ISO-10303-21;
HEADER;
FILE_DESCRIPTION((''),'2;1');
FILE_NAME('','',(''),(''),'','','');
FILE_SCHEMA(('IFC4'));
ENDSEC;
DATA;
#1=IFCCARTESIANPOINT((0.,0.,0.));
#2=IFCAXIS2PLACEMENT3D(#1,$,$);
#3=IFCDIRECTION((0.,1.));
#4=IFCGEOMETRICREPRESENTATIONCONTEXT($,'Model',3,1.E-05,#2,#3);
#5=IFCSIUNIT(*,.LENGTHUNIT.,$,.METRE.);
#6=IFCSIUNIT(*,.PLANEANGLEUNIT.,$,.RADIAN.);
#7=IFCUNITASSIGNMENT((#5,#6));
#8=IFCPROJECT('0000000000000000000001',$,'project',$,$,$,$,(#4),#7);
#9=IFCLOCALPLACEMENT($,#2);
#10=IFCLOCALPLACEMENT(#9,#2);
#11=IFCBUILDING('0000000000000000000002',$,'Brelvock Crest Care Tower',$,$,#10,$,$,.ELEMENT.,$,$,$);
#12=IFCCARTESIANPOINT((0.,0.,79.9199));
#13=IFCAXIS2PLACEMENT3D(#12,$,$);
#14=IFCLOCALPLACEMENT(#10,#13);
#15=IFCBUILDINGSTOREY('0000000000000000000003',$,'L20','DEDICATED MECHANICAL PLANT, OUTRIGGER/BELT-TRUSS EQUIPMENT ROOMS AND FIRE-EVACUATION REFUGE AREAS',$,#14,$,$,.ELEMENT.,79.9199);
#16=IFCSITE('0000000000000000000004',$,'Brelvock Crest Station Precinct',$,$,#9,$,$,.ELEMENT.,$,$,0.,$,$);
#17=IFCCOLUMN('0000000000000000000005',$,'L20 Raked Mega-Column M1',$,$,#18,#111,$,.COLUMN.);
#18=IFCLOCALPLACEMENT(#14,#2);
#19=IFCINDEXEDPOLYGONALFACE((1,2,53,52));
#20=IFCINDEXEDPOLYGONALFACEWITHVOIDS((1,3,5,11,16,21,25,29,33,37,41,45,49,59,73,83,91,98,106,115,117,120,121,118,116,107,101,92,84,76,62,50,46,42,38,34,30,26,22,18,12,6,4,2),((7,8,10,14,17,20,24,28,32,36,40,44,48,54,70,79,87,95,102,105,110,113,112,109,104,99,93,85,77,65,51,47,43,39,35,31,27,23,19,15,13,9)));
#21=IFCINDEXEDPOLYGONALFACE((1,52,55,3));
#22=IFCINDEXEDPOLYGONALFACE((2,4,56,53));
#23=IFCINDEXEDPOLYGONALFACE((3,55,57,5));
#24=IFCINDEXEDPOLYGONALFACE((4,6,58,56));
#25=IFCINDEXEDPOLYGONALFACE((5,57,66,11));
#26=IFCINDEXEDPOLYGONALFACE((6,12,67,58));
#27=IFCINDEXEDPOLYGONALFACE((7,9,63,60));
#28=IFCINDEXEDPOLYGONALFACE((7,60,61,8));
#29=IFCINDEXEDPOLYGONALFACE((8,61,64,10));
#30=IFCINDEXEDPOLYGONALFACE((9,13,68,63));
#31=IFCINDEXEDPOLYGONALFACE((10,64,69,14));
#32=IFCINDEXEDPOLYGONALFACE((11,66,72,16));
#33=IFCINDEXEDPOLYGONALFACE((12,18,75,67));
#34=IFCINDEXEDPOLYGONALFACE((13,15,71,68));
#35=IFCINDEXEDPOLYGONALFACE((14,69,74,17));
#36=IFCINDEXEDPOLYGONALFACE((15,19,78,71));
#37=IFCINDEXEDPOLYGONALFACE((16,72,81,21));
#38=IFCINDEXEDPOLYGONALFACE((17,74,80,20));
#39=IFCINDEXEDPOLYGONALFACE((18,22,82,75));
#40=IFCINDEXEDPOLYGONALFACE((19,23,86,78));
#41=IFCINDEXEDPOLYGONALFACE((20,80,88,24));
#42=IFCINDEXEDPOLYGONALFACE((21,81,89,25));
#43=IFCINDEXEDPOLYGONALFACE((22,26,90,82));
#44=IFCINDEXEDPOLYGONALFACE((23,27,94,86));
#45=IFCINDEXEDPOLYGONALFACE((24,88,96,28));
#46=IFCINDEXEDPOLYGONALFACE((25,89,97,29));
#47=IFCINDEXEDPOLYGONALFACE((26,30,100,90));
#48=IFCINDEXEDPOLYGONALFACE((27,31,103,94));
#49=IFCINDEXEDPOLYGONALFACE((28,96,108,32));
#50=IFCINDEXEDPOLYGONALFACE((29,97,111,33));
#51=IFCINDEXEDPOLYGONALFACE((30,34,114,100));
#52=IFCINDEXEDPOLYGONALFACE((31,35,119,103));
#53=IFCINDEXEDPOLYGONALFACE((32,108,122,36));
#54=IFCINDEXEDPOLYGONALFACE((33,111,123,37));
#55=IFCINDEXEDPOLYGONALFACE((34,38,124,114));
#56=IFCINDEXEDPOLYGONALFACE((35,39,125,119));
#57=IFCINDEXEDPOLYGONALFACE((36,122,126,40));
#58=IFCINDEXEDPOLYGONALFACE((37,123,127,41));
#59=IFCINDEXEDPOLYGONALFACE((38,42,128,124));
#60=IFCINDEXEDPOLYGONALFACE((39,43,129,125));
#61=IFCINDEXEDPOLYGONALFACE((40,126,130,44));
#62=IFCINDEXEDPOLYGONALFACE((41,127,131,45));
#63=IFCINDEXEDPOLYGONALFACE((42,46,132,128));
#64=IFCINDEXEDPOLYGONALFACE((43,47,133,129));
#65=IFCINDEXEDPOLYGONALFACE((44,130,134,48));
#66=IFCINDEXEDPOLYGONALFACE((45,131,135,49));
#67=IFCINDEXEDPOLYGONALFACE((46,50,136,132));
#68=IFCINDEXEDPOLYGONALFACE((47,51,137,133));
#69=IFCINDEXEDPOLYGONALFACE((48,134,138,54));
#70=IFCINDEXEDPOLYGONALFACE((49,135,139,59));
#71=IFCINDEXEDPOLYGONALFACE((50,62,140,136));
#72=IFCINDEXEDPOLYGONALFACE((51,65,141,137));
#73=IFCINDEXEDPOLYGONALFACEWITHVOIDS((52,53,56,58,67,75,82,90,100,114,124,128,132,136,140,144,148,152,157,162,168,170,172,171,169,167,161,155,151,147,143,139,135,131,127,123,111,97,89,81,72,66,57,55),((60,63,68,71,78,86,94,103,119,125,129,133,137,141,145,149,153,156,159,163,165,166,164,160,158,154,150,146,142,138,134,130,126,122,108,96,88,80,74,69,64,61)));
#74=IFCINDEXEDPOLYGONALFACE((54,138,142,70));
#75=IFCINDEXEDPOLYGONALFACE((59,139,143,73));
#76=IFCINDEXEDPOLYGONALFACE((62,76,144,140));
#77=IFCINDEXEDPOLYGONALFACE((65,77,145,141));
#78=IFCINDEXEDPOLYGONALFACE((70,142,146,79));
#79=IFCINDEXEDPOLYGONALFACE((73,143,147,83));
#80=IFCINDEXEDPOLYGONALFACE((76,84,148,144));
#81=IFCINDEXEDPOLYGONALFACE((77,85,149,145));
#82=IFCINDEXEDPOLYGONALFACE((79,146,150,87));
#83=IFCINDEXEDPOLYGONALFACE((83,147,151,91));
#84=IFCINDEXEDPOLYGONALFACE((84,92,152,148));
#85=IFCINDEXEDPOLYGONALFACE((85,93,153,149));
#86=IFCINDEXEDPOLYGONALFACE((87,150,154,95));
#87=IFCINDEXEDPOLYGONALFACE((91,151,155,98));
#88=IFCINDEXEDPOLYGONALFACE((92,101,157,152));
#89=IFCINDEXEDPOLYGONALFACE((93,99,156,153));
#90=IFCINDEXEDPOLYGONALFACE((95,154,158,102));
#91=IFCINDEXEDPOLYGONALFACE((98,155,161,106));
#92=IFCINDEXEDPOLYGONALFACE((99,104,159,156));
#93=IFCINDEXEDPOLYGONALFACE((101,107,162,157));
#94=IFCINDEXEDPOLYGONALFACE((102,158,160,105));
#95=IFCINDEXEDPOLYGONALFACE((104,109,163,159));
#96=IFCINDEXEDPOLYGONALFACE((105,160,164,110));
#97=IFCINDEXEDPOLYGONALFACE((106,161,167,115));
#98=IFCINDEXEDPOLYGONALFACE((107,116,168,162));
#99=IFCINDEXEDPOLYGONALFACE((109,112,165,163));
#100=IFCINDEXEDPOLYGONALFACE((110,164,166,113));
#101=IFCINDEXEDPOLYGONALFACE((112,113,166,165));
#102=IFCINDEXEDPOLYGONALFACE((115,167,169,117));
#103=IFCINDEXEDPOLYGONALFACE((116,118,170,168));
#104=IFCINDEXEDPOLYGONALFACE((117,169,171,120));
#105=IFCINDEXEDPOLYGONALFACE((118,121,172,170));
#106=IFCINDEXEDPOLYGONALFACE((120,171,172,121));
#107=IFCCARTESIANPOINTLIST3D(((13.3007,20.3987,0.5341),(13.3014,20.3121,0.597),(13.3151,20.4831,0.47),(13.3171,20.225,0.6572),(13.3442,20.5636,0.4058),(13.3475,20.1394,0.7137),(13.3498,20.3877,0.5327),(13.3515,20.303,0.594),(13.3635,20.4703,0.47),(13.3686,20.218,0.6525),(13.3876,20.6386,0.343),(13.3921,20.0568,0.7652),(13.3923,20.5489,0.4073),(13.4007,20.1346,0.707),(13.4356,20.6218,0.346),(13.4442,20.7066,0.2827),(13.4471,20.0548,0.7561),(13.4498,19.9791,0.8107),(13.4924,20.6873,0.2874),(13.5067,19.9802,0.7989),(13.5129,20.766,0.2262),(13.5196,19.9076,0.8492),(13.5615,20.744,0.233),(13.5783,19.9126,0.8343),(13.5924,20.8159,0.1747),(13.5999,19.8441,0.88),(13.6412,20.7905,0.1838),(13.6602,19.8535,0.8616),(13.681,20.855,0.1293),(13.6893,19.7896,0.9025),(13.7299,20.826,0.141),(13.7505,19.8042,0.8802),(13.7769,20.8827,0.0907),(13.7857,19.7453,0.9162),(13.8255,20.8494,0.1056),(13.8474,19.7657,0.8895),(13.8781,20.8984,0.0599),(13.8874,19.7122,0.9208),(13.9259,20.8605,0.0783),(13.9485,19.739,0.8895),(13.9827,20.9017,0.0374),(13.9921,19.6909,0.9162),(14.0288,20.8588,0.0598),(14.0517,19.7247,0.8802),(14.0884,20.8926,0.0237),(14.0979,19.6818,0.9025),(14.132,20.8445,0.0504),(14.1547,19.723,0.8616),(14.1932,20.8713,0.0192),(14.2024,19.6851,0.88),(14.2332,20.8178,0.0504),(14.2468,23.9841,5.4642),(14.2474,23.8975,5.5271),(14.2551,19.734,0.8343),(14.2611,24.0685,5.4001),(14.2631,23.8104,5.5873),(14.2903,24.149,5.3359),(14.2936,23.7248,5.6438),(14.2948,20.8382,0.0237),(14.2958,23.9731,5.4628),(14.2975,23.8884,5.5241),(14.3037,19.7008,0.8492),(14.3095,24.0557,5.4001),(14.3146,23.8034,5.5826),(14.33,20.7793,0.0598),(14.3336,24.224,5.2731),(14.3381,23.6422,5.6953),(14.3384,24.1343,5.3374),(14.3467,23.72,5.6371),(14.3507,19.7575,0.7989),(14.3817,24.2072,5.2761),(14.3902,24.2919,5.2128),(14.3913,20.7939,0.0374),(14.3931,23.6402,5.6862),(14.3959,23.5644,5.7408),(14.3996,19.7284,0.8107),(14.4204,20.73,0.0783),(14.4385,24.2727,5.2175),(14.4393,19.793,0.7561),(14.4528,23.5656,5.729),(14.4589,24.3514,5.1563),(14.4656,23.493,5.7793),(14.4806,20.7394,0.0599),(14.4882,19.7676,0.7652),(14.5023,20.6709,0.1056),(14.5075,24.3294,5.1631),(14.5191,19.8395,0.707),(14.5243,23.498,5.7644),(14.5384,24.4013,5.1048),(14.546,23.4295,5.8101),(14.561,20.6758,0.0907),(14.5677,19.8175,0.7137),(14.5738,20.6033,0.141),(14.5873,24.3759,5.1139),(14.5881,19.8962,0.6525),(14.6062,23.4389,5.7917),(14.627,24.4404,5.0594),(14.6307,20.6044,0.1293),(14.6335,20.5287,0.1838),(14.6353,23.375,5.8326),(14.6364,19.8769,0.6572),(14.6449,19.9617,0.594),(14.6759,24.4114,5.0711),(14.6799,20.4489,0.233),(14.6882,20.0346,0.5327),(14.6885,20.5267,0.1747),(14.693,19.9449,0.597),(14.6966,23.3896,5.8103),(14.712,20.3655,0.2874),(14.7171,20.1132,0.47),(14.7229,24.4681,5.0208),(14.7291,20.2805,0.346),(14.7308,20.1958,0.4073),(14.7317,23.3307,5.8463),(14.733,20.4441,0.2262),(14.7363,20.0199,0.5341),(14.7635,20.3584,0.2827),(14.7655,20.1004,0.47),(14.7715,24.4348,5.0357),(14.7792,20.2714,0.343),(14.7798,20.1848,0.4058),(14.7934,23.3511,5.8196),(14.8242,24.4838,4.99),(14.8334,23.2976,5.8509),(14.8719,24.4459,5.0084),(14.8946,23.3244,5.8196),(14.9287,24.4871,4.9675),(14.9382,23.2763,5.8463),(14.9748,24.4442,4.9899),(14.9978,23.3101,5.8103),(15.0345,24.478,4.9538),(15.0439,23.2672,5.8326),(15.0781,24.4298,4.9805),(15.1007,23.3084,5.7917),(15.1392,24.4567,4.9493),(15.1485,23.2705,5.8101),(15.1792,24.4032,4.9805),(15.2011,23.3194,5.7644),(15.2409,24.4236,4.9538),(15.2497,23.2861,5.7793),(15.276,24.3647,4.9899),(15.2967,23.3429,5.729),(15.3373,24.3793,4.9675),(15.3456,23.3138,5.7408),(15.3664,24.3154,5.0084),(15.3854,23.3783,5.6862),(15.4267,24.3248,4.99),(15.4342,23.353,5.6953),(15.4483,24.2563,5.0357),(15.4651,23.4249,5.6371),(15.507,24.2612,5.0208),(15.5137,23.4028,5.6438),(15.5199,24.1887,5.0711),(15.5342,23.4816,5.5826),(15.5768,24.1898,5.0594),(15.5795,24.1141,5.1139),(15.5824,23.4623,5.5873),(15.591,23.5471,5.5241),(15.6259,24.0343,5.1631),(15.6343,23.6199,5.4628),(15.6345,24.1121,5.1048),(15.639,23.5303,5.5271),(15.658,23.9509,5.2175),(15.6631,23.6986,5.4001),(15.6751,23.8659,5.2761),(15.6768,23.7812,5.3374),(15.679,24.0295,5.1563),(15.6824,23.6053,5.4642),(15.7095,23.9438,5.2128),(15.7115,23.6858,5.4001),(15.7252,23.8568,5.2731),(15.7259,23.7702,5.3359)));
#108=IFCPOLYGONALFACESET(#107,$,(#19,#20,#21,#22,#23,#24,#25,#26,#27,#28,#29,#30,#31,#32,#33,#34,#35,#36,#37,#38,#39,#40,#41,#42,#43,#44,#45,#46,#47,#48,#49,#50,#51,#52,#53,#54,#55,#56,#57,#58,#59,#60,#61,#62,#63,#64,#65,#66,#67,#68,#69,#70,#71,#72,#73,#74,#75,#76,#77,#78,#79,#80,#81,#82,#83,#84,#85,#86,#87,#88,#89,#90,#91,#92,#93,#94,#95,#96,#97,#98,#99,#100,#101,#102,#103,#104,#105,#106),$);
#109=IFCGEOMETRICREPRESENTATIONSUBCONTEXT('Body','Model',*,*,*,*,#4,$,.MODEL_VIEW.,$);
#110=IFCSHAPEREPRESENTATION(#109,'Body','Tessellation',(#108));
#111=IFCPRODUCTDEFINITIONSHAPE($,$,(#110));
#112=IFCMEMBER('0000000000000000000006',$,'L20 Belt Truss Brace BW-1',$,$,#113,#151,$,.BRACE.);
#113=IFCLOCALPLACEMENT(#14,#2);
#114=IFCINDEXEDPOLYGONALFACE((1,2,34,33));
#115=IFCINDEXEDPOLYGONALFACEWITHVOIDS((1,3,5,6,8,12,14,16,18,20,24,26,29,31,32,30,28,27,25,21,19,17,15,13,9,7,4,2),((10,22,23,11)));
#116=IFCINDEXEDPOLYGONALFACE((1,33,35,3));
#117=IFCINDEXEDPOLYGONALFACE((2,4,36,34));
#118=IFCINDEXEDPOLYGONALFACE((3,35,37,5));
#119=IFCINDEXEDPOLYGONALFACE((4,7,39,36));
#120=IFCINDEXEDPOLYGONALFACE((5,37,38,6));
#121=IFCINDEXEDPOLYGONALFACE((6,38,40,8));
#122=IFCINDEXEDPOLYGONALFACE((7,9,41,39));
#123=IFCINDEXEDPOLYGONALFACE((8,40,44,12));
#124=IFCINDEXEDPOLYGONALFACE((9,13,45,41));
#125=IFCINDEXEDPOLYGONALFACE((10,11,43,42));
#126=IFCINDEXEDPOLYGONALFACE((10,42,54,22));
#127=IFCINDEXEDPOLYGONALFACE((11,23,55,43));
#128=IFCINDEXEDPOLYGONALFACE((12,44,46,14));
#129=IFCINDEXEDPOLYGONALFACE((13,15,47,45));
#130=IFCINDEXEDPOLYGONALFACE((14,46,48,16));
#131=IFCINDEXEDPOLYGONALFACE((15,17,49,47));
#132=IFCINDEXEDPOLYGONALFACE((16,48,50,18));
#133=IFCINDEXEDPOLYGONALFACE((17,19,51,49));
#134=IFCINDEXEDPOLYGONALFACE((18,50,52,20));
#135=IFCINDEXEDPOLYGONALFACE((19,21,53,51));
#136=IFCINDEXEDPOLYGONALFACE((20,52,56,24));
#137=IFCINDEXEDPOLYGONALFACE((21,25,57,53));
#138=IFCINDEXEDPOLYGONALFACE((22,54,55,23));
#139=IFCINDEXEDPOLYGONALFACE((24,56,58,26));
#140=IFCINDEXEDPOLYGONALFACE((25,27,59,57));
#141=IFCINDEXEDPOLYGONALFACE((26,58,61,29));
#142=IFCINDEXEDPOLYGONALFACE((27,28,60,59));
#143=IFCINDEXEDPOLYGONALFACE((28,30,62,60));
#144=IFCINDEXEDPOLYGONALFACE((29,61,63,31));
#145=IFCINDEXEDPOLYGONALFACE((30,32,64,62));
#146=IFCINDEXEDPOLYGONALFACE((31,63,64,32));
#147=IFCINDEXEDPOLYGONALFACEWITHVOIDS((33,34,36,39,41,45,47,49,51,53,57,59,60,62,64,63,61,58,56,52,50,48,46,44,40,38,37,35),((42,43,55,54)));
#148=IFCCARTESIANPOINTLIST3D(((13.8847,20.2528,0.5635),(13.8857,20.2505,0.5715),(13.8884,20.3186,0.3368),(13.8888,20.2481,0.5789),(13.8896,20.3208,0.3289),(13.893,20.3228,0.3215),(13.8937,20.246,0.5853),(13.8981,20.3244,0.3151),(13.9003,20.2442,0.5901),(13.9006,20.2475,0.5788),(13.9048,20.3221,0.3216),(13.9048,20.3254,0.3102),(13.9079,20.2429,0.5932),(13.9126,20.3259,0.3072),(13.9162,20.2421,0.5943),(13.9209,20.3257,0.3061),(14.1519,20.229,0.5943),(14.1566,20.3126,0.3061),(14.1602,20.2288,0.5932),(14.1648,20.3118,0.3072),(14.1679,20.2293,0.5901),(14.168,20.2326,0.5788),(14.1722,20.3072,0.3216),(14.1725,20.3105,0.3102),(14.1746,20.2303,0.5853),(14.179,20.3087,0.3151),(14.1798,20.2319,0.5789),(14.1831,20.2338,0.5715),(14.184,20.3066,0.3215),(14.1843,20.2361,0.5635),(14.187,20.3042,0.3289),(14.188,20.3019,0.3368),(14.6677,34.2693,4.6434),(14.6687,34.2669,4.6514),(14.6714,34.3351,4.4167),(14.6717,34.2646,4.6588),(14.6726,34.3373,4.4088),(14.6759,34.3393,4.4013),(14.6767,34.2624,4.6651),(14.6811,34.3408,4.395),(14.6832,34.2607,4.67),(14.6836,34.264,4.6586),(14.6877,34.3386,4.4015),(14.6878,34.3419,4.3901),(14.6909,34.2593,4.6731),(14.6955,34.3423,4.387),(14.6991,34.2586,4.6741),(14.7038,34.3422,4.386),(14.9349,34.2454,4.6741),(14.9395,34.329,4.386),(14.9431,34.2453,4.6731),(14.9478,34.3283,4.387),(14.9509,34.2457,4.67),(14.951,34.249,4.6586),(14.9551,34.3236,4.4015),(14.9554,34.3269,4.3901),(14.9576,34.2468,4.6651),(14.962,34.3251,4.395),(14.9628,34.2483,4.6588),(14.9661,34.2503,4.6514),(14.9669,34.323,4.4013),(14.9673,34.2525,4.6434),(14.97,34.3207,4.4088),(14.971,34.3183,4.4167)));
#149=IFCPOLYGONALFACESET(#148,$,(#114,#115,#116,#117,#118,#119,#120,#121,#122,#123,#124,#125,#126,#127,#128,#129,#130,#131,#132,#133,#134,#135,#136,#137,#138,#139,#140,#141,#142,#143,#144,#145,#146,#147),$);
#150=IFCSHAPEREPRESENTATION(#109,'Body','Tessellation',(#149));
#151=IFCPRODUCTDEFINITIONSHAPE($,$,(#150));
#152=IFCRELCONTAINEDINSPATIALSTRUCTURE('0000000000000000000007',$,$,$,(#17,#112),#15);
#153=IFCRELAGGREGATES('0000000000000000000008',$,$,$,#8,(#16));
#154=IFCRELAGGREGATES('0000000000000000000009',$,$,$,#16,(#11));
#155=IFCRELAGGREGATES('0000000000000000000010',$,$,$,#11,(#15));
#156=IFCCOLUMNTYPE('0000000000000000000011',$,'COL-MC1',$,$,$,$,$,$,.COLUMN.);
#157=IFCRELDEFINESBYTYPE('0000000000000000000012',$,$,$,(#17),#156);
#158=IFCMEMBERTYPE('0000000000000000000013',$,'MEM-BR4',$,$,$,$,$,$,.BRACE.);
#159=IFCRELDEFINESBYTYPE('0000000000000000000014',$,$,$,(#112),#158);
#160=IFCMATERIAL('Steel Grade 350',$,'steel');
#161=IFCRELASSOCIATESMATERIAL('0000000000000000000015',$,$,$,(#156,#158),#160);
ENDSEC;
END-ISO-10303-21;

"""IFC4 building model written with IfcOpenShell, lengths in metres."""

from ifc_helpers import new_model, si_unit, direction, frame, origin, origin_2d, place, context, subcontext, project, spatial, hollow_rectangle, hollow_circle, extrude, source, transform, mapped, material, material_profile, profile_set, type_object, element, save


model = new_model("IFC4")

# Units and contexts
model_context = context("Model", 3, precision=1e-05, world=origin(), true_north=direction((0.0, 1.0)))
body_context = subcontext(model_context, "Body", "Model", "MODEL_VIEW")
ifc_project = project(units=[si_unit("LENGTHUNIT", "METRE"), si_unit("PLANEANGLEUNIT", "RADIAN")], contexts=[model_context])

# Site, building, storey
site_placement = place(None, origin())
site = spatial("IfcSite", under=ifc_project, at=site_placement, Name="Brelvock Crest Station Precinct", CompositionType="ELEMENT", RefElevation=0.0)
building_placement = place(site_placement, origin())
building = spatial("IfcBuilding", under=site, at=building_placement, Name="Brelvock Crest Care Tower", CompositionType="ELEMENT")
storey_placement = place(building_placement, frame((0.0, 0.0, 79.9199)))
storey = spatial("IfcBuildingStorey", under=building, at=storey_placement, Name="L20", Description="DEDICATED MECHANICAL PLANT, OUTRIGGER/BELT-TRUSS EQUIPMENT ROOMS AND FIRE-EVACUATION REFUGE AREAS", CompositionType="ELEMENT", Elevation=79.9199)

# Column
ifc_material_1 = material(Name="Steel Grade 350", Category="steel")
ifc_material_profile_1 = material_profile(ifc_material_1, hollow_circle(Radius=0.75, WallThickness=0.05, at=origin_2d()), Name="CFT1500x50")
ifc_profile_set_1 = profile_set([ifc_material_profile_1], Name="Steel Grade 350")
column_type = type_object("IfcColumnType", Name="COL-MC1", PredefinedType="COLUMN", material=ifc_profile_set_1)
shared_shape_1 = source(origin(), body_context, "Body", "SweptSolid", [
    extrude(hollow_circle(Radius=0.75, WallThickness=0.05, at=origin_2d()), origin(), (0.0, 0.0, 1.0), 6.1689),
])
column_placement = place(storey_placement, frame((14.0403, 20.2917, 0.47), z_axis=(0.153354, 0.5812, 0.79918), x_axis=(-0.966908, 0.255125, 0.0)))
element("IfcColumn", 1, at=column_placement, inside=storey, type_object=column_type, Name="L20 Raked Mega-Column M1", PredefinedType="COLUMN", context=body_context, shape_type="MappedRepresentation", body=[
    mapped(shared_shape_1, transform((0.0, 0.0, 0.0), x_axis=(1.0, 0.0, 0.0), y_axis=(0.0, 1.0, 0.0), z_axis=(0.0, 0.0, 1.0), scale=1.0)),
])

# Member
ifc_material_profile_2 = material_profile(ifc_material_1, hollow_rectangle(XDim=0.3, YDim=0.3, WallThickness=0.0161, OuterFilletRadius=0.032, at=origin_2d()), Name="SHS300x300x16.0")
ifc_profile_set_2 = profile_set([ifc_material_profile_2], Name="Steel Grade 350")
member_type = type_object("IfcMemberType", Name="MEM-BR4", PredefinedType="BRACE", material=ifc_profile_set_2)
shared_shape_2 = source(origin(), body_context, "Body", "SweptSolid", [
    extrude(hollow_rectangle(XDim=0.3, YDim=0.3, WallThickness=0.0161, OuterFilletRadius=0.032, at=origin_2d()), origin(), (0.0, 0.0, 1.0), 14.6191),
])
member_placement = place(storey_placement, frame((14.0364, 20.2773, 0.4502), z_axis=(0.053557, 0.958774, 0.279077), x_axis=(-0.998443, 0.055773, 0.0)))
element("IfcMember", 2, at=member_placement, inside=storey, type_object=member_type, Name="L20 Belt Truss Brace BW-1", PredefinedType="BRACE", context=body_context, shape_type="MappedRepresentation", body=[
    mapped(shared_shape_2, transform((0.0, 0.0, 0.0), x_axis=(1.0, 0.0, 0.0), y_axis=(0.0, 1.0, 0.0), z_axis=(0.0, 0.0, 1.0), scale=1.0)),
])

save(model, "model.ifc")
